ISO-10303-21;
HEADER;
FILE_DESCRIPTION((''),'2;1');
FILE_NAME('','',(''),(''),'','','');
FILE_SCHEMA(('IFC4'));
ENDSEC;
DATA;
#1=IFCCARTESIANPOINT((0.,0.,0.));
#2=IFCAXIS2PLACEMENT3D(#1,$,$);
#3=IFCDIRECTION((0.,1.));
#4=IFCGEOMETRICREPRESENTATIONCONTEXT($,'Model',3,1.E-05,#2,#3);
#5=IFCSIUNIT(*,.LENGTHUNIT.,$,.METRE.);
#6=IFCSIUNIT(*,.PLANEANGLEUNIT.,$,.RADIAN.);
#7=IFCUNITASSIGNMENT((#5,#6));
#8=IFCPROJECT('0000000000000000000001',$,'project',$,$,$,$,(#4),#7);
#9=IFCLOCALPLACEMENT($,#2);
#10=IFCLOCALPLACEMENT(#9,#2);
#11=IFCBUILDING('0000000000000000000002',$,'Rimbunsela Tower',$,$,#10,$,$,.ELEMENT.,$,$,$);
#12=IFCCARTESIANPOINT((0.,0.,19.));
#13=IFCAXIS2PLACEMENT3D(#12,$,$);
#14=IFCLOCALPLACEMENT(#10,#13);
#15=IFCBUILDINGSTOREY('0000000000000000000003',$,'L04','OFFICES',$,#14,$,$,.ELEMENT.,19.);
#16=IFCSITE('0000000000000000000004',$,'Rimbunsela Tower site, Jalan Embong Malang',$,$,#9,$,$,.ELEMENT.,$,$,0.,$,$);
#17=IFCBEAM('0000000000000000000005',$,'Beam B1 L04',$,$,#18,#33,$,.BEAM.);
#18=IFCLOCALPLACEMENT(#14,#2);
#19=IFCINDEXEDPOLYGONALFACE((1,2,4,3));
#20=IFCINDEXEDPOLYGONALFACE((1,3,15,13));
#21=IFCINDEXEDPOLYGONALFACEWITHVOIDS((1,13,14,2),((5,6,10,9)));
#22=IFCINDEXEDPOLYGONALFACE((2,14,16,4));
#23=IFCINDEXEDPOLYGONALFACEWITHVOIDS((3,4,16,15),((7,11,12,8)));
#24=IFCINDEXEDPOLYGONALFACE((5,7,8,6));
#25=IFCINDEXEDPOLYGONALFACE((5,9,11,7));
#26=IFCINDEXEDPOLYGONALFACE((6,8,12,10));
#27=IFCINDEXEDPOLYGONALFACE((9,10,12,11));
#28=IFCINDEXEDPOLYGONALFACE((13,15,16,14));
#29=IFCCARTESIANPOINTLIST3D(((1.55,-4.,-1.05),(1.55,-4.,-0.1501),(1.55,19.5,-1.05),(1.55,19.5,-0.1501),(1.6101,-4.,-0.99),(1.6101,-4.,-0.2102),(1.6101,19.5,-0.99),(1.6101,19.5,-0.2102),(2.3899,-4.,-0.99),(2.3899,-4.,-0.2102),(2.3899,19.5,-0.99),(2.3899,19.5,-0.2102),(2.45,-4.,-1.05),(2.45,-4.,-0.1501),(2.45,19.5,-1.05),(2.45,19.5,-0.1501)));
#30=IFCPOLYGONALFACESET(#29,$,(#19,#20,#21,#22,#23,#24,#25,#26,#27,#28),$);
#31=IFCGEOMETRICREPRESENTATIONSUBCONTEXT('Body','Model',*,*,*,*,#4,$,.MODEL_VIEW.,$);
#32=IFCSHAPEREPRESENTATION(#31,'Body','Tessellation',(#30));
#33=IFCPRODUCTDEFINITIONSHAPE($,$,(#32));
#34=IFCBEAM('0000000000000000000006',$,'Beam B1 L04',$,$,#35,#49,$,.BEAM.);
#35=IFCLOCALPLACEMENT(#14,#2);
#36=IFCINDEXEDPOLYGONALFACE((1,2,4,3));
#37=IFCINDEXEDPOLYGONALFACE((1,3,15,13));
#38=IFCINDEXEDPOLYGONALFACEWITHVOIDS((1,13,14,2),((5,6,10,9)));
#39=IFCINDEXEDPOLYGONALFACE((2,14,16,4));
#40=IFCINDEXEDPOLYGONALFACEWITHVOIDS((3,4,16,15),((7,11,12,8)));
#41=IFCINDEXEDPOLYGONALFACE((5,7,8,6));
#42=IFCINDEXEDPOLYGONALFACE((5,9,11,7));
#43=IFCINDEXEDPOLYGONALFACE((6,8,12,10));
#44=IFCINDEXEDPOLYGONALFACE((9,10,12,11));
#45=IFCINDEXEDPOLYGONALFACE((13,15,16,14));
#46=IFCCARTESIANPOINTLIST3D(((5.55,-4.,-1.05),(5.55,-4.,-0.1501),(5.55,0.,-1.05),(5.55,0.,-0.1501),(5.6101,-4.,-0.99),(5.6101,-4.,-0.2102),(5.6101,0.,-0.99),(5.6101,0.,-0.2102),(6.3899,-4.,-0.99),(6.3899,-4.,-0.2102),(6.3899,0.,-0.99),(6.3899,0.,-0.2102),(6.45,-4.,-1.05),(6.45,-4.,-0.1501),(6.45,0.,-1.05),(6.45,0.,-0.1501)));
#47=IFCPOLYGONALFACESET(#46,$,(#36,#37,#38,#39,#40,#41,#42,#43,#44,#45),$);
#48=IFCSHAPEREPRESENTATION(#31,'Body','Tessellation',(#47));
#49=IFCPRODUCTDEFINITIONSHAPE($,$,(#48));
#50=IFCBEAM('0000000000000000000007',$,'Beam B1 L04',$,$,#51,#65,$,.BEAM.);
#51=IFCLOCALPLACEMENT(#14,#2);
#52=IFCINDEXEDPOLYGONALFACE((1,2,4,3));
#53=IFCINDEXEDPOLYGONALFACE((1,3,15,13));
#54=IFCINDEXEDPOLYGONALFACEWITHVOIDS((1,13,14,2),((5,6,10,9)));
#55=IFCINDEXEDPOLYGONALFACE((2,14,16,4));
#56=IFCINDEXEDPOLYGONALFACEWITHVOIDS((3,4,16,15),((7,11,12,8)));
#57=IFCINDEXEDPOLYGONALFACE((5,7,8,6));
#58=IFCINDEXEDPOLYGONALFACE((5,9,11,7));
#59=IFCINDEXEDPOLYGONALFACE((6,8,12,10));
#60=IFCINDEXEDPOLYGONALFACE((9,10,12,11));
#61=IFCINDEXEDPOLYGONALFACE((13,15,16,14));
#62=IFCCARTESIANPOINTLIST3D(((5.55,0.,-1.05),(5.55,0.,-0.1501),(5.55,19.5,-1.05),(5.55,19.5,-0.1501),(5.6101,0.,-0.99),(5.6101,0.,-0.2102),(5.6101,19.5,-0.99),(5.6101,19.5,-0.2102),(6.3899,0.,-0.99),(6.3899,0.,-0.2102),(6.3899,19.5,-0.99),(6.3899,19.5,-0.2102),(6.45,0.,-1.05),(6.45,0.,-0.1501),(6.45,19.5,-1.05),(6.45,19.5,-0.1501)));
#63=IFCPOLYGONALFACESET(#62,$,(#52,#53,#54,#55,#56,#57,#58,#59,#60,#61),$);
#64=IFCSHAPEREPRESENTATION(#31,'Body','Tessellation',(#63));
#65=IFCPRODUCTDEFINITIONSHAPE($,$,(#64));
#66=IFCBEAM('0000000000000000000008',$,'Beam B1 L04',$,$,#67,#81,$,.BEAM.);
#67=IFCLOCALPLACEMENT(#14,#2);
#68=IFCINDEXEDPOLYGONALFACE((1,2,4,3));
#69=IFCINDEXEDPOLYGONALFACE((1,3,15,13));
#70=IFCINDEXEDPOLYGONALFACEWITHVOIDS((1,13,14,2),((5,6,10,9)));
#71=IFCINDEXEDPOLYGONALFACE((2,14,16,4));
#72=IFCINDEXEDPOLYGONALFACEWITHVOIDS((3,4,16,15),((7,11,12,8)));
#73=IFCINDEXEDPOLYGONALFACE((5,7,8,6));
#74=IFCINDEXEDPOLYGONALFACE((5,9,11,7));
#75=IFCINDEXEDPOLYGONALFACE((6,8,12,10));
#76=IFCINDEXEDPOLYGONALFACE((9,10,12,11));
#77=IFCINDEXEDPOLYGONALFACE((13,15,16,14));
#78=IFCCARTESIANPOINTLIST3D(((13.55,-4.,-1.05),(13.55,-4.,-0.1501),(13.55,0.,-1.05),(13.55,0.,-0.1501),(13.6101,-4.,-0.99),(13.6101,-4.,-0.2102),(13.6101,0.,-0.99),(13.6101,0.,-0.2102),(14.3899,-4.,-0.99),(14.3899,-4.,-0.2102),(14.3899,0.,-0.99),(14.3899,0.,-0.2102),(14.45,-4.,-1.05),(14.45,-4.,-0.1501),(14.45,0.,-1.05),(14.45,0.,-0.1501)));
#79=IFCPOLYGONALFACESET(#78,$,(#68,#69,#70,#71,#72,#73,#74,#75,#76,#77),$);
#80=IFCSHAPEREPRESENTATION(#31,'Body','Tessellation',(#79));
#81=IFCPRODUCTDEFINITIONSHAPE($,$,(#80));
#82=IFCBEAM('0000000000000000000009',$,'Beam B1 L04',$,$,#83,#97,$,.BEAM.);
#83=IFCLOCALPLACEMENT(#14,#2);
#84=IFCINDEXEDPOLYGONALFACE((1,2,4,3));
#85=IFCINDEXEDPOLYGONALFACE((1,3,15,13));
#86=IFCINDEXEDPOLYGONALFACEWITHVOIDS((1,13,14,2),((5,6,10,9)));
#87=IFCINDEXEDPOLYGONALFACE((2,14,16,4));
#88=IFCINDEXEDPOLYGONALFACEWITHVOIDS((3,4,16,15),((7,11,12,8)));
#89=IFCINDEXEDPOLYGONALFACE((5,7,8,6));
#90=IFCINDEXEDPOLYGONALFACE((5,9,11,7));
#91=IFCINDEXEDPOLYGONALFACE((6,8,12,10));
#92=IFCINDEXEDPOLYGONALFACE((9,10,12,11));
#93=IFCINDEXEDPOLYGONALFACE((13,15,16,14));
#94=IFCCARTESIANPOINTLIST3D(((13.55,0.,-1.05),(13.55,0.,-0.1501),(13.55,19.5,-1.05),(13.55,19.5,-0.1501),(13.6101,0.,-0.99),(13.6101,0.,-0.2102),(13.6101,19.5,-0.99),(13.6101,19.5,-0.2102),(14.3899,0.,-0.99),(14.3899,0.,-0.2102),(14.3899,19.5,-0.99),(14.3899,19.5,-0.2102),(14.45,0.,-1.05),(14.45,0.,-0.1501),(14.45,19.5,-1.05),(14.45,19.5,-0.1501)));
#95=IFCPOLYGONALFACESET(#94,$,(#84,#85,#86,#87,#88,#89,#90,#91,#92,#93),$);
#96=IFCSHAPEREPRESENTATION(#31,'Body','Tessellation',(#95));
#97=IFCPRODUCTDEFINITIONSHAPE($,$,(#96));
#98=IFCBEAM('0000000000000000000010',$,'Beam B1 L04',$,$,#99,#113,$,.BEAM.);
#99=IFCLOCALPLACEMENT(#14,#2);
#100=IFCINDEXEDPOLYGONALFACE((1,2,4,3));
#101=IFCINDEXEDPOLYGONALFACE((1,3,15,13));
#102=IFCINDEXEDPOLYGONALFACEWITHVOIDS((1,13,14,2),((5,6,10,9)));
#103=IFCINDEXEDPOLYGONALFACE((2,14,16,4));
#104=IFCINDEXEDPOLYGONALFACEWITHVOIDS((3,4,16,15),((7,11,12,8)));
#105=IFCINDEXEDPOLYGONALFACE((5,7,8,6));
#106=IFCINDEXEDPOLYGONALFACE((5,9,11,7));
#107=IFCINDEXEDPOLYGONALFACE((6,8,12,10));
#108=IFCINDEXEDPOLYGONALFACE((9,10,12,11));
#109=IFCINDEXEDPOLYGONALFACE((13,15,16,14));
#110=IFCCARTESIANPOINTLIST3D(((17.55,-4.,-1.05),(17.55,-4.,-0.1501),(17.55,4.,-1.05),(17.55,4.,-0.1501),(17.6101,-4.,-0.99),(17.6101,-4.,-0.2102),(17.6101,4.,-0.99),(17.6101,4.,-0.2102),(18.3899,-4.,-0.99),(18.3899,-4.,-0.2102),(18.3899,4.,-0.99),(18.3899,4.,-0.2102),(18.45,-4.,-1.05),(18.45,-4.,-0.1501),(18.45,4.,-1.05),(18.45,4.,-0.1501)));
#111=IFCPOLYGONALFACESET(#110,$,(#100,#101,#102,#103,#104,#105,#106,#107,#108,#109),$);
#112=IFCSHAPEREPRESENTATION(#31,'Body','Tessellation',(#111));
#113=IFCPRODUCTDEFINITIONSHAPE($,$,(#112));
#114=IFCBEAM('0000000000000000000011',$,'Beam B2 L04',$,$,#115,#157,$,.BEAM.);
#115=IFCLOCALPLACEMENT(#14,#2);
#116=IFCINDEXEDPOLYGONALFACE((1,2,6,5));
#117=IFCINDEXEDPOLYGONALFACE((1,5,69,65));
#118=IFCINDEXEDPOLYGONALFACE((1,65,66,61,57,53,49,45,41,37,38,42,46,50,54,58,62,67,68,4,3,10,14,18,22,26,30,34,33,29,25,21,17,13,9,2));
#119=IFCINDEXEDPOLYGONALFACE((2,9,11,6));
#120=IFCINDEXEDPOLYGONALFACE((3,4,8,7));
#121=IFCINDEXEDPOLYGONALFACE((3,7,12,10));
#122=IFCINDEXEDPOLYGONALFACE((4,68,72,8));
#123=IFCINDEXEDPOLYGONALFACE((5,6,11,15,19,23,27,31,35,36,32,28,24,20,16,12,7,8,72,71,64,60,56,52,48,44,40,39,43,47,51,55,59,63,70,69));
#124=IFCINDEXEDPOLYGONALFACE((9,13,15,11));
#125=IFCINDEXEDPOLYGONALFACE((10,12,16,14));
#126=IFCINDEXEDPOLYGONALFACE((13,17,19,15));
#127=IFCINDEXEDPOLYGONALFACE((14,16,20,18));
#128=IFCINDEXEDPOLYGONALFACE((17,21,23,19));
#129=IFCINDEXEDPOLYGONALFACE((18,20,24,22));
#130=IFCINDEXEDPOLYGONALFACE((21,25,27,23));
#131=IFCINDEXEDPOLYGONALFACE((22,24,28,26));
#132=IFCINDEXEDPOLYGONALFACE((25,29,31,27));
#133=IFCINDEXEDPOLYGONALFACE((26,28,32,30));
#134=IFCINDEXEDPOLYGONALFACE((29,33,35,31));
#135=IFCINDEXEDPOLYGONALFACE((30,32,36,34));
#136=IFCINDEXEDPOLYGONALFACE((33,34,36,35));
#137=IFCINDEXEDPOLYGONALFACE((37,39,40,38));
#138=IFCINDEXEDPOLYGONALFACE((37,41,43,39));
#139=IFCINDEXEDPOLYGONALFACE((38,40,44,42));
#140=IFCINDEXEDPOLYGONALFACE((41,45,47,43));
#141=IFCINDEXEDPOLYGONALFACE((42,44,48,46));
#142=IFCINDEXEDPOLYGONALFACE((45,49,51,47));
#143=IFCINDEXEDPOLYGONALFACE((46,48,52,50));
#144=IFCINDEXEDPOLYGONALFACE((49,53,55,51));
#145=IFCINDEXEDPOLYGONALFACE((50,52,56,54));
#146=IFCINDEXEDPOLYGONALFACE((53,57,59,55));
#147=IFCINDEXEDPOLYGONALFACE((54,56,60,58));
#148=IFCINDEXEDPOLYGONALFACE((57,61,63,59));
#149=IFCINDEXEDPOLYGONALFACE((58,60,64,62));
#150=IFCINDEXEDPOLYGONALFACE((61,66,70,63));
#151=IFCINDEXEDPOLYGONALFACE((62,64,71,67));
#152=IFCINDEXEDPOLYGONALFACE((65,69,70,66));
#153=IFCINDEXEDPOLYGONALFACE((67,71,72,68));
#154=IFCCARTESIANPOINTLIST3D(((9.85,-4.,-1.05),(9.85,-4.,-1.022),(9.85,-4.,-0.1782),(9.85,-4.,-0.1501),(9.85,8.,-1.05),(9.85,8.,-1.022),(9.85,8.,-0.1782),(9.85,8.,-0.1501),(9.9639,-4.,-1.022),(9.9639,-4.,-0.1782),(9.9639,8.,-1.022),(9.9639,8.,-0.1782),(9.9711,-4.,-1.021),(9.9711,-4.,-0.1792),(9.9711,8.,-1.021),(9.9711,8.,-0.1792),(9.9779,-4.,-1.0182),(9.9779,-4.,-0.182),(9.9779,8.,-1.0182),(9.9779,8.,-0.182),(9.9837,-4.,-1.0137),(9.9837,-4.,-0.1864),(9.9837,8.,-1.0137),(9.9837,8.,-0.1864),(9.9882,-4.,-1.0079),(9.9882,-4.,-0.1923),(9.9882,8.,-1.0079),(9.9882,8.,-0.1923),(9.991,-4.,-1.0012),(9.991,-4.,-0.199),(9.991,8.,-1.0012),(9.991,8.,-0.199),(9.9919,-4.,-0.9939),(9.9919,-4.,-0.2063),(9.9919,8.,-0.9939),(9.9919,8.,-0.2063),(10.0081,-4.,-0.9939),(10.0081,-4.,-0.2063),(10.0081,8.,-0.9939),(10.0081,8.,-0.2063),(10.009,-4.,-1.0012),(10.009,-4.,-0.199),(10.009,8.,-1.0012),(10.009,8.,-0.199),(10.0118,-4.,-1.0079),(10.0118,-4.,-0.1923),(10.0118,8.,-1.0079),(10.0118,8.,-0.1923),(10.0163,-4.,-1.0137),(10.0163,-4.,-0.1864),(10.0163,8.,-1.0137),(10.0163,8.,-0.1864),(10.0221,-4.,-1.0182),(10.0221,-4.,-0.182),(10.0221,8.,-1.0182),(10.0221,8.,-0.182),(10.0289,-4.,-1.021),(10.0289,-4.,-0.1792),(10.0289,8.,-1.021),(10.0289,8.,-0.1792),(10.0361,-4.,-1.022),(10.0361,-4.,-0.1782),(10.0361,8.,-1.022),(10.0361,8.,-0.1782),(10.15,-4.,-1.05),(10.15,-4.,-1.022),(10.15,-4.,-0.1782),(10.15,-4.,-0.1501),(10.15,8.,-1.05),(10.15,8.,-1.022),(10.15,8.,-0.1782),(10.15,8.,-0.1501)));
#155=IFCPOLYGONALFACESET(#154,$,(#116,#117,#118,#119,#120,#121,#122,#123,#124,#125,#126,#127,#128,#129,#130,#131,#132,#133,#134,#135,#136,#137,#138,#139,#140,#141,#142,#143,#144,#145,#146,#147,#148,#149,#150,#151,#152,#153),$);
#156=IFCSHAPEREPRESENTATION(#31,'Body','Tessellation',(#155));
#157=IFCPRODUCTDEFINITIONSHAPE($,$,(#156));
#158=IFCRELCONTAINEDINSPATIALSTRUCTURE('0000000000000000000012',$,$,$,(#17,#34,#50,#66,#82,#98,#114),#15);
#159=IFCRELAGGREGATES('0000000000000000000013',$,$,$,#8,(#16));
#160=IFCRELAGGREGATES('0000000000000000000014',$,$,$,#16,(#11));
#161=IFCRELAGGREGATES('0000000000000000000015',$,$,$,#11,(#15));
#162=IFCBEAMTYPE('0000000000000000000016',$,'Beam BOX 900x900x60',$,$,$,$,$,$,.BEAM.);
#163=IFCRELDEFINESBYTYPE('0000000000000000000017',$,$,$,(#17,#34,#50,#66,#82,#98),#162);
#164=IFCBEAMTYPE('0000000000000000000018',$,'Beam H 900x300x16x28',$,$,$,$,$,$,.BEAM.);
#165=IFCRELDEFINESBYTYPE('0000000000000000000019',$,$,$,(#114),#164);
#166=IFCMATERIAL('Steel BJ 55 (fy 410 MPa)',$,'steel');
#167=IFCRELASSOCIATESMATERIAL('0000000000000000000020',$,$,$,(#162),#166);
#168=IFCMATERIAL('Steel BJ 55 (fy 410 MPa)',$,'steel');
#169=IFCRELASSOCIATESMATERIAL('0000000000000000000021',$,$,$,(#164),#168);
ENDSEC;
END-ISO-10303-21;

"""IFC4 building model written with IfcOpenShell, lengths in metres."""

from ifc_helpers import new_model, si_unit, direction, frame, origin, origin_2d, place, context, subcontext, project, spatial, hollow_rectangle, i_section, extrude, material, material_profile, profile_set, type_object, element, save


model = new_model("IFC4")

# Units and contexts
model_context = context("Model", 3, precision=1e-05, world=origin(), true_north=direction((0.0, 1.0)))
body_context = subcontext(model_context, "Body", "Model", "MODEL_VIEW")
ifc_project = project(units=[si_unit("LENGTHUNIT", "METRE"), si_unit("PLANEANGLEUNIT", "RADIAN")], contexts=[model_context])

# Site, building, storey
site_placement = place(None, origin())
site = spatial("IfcSite", under=ifc_project, at=site_placement, Name="Rimbunsela Tower site, Jalan Embong Malang", CompositionType="ELEMENT", RefElevation=0.0)
building_placement = place(site_placement, origin())
building = spatial("IfcBuilding", under=site, at=building_placement, Name="Rimbunsela Tower", CompositionType="ELEMENT")
storey_placement = place(building_placement, frame((0.0, 0.0, 19.0)))
storey = spatial("IfcBuildingStorey", under=building, at=storey_placement, Name="L04", Description="OFFICES", CompositionType="ELEMENT", Elevation=19.0)

# Beams
ifc_material_1 = material(Name="Steel BJ 55 (fy 410 MPa)", Category="steel")
ifc_material_profile_1 = material_profile(ifc_material_1, hollow_rectangle(XDim=0.8999, YDim=0.8999, WallThickness=0.0601, at=origin_2d()), Name="BOX 900x900x60")
ifc_profile_set_1 = profile_set([ifc_material_profile_1], Name="Steel BJ 55 (fy 410 MPa)")
beam_type_1 = type_object("IfcBeamType", Name="Beam BOX 900x900x60", PredefinedType="BEAM", material=ifc_profile_set_1)
beam_1_placement = place(storey_placement, frame((2.0, -4.0, -0.6001), z_axis=(0.0, 1.0, 0.0), x_axis=(-1.0, 0.0, 0.0)))
element("IfcBeam", 1, at=beam_1_placement, inside=storey, type_object=beam_type_1, Name="Beam B1 L04", PredefinedType="BEAM", context=body_context, shape_type="SweptSolid", body=[
    extrude(hollow_rectangle(XDim=0.8999, YDim=0.8999, WallThickness=0.0601, at=origin_2d()), origin(), (0.0, 0.0, 1.0), 23.5),
])
beam_2_placement = place(storey_placement, frame((6.0, -4.0, -0.6001), z_axis=(0.0, 1.0, 0.0), x_axis=(-1.0, 0.0, 0.0)))
element("IfcBeam", 2, at=beam_2_placement, inside=storey, type_object=beam_type_1, Name="Beam B1 L04", PredefinedType="BEAM", context=body_context, shape_type="SweptSolid", body=[
    extrude(hollow_rectangle(XDim=0.8999, YDim=0.8999, WallThickness=0.0601, at=origin_2d()), origin(), (0.0, 0.0, 1.0), 4.0),
])
beam_3_placement = place(storey_placement, frame((6.0, 0.0, -0.6001), z_axis=(0.0, 1.0, 0.0), x_axis=(-1.0, 0.0, 0.0)))
element("IfcBeam", 3, at=beam_3_placement, inside=storey, type_object=beam_type_1, Name="Beam B1 L04", PredefinedType="BEAM", context=body_context, shape_type="SweptSolid", body=[
    extrude(hollow_rectangle(XDim=0.8999, YDim=0.8999, WallThickness=0.0601, at=origin_2d()), origin(), (0.0, 0.0, 1.0), 19.5),
])
beam_4_placement = place(storey_placement, frame((14.0, -4.0, -0.6001), z_axis=(0.0, 1.0, 0.0), x_axis=(-1.0, 0.0, 0.0)))
element("IfcBeam", 4, at=beam_4_placement, inside=storey, type_object=beam_type_1, Name="Beam B1 L04", PredefinedType="BEAM", context=body_context, shape_type="SweptSolid", body=[
    extrude(hollow_rectangle(XDim=0.8999, YDim=0.8999, WallThickness=0.0601, at=origin_2d()), origin(), (0.0, 0.0, 1.0), 4.0),
])
beam_5_placement = place(storey_placement, frame((14.0, 0.0, -0.6001), z_axis=(0.0, 1.0, 0.0), x_axis=(-1.0, 0.0, 0.0)))
element("IfcBeam", 5, at=beam_5_placement, inside=storey, type_object=beam_type_1, Name="Beam B1 L04", PredefinedType="BEAM", context=body_context, shape_type="SweptSolid", body=[
    extrude(hollow_rectangle(XDim=0.8999, YDim=0.8999, WallThickness=0.0601, at=origin_2d()), origin(), (0.0, 0.0, 1.0), 19.5),
])
beam_6_placement = place(storey_placement, frame((18.0, -4.0, -0.6001), z_axis=(0.0, 1.0, 0.0), x_axis=(-1.0, 0.0, 0.0)))
element("IfcBeam", 6, at=beam_6_placement, inside=storey, type_object=beam_type_1, Name="Beam B1 L04", PredefinedType="BEAM", context=body_context, shape_type="SweptSolid", body=[
    extrude(hollow_rectangle(XDim=0.8999, YDim=0.8999, WallThickness=0.0601, at=origin_2d()), origin(), (0.0, 0.0, 1.0), 8.0),
])
ifc_material_2 = material(Name="Steel BJ 55 (fy 410 MPa)", Category="steel")
ifc_material_profile_2 = material_profile(ifc_material_2, i_section(OverallWidth=0.3, OverallDepth=0.8999, WebThickness=0.0161, FlangeThickness=0.0281, FilletRadius=0.0281, at=origin_2d()), Name="H 900x300x16x28")
ifc_profile_set_2 = profile_set([ifc_material_profile_2], Name="Steel BJ 55 (fy 410 MPa)")
beam_type_2 = type_object("IfcBeamType", Name="Beam H 900x300x16x28", PredefinedType="BEAM", material=ifc_profile_set_2)
beam_7_placement = place(storey_placement, frame((10.0, -4.0, -0.6001), z_axis=(0.0, 1.0, 0.0), x_axis=(-1.0, 0.0, 0.0)))
element("IfcBeam", 7, at=beam_7_placement, inside=storey, type_object=beam_type_2, Name="Beam B2 L04", PredefinedType="BEAM", context=body_context, shape_type="SweptSolid", body=[
    extrude(i_section(OverallWidth=0.3, OverallDepth=0.8999, WebThickness=0.0161, FlangeThickness=0.0281, FilletRadius=0.0281, at=origin_2d()), origin(), (0.0, 0.0, 1.0), 12.0),
])

save(model, "model.ifc")
